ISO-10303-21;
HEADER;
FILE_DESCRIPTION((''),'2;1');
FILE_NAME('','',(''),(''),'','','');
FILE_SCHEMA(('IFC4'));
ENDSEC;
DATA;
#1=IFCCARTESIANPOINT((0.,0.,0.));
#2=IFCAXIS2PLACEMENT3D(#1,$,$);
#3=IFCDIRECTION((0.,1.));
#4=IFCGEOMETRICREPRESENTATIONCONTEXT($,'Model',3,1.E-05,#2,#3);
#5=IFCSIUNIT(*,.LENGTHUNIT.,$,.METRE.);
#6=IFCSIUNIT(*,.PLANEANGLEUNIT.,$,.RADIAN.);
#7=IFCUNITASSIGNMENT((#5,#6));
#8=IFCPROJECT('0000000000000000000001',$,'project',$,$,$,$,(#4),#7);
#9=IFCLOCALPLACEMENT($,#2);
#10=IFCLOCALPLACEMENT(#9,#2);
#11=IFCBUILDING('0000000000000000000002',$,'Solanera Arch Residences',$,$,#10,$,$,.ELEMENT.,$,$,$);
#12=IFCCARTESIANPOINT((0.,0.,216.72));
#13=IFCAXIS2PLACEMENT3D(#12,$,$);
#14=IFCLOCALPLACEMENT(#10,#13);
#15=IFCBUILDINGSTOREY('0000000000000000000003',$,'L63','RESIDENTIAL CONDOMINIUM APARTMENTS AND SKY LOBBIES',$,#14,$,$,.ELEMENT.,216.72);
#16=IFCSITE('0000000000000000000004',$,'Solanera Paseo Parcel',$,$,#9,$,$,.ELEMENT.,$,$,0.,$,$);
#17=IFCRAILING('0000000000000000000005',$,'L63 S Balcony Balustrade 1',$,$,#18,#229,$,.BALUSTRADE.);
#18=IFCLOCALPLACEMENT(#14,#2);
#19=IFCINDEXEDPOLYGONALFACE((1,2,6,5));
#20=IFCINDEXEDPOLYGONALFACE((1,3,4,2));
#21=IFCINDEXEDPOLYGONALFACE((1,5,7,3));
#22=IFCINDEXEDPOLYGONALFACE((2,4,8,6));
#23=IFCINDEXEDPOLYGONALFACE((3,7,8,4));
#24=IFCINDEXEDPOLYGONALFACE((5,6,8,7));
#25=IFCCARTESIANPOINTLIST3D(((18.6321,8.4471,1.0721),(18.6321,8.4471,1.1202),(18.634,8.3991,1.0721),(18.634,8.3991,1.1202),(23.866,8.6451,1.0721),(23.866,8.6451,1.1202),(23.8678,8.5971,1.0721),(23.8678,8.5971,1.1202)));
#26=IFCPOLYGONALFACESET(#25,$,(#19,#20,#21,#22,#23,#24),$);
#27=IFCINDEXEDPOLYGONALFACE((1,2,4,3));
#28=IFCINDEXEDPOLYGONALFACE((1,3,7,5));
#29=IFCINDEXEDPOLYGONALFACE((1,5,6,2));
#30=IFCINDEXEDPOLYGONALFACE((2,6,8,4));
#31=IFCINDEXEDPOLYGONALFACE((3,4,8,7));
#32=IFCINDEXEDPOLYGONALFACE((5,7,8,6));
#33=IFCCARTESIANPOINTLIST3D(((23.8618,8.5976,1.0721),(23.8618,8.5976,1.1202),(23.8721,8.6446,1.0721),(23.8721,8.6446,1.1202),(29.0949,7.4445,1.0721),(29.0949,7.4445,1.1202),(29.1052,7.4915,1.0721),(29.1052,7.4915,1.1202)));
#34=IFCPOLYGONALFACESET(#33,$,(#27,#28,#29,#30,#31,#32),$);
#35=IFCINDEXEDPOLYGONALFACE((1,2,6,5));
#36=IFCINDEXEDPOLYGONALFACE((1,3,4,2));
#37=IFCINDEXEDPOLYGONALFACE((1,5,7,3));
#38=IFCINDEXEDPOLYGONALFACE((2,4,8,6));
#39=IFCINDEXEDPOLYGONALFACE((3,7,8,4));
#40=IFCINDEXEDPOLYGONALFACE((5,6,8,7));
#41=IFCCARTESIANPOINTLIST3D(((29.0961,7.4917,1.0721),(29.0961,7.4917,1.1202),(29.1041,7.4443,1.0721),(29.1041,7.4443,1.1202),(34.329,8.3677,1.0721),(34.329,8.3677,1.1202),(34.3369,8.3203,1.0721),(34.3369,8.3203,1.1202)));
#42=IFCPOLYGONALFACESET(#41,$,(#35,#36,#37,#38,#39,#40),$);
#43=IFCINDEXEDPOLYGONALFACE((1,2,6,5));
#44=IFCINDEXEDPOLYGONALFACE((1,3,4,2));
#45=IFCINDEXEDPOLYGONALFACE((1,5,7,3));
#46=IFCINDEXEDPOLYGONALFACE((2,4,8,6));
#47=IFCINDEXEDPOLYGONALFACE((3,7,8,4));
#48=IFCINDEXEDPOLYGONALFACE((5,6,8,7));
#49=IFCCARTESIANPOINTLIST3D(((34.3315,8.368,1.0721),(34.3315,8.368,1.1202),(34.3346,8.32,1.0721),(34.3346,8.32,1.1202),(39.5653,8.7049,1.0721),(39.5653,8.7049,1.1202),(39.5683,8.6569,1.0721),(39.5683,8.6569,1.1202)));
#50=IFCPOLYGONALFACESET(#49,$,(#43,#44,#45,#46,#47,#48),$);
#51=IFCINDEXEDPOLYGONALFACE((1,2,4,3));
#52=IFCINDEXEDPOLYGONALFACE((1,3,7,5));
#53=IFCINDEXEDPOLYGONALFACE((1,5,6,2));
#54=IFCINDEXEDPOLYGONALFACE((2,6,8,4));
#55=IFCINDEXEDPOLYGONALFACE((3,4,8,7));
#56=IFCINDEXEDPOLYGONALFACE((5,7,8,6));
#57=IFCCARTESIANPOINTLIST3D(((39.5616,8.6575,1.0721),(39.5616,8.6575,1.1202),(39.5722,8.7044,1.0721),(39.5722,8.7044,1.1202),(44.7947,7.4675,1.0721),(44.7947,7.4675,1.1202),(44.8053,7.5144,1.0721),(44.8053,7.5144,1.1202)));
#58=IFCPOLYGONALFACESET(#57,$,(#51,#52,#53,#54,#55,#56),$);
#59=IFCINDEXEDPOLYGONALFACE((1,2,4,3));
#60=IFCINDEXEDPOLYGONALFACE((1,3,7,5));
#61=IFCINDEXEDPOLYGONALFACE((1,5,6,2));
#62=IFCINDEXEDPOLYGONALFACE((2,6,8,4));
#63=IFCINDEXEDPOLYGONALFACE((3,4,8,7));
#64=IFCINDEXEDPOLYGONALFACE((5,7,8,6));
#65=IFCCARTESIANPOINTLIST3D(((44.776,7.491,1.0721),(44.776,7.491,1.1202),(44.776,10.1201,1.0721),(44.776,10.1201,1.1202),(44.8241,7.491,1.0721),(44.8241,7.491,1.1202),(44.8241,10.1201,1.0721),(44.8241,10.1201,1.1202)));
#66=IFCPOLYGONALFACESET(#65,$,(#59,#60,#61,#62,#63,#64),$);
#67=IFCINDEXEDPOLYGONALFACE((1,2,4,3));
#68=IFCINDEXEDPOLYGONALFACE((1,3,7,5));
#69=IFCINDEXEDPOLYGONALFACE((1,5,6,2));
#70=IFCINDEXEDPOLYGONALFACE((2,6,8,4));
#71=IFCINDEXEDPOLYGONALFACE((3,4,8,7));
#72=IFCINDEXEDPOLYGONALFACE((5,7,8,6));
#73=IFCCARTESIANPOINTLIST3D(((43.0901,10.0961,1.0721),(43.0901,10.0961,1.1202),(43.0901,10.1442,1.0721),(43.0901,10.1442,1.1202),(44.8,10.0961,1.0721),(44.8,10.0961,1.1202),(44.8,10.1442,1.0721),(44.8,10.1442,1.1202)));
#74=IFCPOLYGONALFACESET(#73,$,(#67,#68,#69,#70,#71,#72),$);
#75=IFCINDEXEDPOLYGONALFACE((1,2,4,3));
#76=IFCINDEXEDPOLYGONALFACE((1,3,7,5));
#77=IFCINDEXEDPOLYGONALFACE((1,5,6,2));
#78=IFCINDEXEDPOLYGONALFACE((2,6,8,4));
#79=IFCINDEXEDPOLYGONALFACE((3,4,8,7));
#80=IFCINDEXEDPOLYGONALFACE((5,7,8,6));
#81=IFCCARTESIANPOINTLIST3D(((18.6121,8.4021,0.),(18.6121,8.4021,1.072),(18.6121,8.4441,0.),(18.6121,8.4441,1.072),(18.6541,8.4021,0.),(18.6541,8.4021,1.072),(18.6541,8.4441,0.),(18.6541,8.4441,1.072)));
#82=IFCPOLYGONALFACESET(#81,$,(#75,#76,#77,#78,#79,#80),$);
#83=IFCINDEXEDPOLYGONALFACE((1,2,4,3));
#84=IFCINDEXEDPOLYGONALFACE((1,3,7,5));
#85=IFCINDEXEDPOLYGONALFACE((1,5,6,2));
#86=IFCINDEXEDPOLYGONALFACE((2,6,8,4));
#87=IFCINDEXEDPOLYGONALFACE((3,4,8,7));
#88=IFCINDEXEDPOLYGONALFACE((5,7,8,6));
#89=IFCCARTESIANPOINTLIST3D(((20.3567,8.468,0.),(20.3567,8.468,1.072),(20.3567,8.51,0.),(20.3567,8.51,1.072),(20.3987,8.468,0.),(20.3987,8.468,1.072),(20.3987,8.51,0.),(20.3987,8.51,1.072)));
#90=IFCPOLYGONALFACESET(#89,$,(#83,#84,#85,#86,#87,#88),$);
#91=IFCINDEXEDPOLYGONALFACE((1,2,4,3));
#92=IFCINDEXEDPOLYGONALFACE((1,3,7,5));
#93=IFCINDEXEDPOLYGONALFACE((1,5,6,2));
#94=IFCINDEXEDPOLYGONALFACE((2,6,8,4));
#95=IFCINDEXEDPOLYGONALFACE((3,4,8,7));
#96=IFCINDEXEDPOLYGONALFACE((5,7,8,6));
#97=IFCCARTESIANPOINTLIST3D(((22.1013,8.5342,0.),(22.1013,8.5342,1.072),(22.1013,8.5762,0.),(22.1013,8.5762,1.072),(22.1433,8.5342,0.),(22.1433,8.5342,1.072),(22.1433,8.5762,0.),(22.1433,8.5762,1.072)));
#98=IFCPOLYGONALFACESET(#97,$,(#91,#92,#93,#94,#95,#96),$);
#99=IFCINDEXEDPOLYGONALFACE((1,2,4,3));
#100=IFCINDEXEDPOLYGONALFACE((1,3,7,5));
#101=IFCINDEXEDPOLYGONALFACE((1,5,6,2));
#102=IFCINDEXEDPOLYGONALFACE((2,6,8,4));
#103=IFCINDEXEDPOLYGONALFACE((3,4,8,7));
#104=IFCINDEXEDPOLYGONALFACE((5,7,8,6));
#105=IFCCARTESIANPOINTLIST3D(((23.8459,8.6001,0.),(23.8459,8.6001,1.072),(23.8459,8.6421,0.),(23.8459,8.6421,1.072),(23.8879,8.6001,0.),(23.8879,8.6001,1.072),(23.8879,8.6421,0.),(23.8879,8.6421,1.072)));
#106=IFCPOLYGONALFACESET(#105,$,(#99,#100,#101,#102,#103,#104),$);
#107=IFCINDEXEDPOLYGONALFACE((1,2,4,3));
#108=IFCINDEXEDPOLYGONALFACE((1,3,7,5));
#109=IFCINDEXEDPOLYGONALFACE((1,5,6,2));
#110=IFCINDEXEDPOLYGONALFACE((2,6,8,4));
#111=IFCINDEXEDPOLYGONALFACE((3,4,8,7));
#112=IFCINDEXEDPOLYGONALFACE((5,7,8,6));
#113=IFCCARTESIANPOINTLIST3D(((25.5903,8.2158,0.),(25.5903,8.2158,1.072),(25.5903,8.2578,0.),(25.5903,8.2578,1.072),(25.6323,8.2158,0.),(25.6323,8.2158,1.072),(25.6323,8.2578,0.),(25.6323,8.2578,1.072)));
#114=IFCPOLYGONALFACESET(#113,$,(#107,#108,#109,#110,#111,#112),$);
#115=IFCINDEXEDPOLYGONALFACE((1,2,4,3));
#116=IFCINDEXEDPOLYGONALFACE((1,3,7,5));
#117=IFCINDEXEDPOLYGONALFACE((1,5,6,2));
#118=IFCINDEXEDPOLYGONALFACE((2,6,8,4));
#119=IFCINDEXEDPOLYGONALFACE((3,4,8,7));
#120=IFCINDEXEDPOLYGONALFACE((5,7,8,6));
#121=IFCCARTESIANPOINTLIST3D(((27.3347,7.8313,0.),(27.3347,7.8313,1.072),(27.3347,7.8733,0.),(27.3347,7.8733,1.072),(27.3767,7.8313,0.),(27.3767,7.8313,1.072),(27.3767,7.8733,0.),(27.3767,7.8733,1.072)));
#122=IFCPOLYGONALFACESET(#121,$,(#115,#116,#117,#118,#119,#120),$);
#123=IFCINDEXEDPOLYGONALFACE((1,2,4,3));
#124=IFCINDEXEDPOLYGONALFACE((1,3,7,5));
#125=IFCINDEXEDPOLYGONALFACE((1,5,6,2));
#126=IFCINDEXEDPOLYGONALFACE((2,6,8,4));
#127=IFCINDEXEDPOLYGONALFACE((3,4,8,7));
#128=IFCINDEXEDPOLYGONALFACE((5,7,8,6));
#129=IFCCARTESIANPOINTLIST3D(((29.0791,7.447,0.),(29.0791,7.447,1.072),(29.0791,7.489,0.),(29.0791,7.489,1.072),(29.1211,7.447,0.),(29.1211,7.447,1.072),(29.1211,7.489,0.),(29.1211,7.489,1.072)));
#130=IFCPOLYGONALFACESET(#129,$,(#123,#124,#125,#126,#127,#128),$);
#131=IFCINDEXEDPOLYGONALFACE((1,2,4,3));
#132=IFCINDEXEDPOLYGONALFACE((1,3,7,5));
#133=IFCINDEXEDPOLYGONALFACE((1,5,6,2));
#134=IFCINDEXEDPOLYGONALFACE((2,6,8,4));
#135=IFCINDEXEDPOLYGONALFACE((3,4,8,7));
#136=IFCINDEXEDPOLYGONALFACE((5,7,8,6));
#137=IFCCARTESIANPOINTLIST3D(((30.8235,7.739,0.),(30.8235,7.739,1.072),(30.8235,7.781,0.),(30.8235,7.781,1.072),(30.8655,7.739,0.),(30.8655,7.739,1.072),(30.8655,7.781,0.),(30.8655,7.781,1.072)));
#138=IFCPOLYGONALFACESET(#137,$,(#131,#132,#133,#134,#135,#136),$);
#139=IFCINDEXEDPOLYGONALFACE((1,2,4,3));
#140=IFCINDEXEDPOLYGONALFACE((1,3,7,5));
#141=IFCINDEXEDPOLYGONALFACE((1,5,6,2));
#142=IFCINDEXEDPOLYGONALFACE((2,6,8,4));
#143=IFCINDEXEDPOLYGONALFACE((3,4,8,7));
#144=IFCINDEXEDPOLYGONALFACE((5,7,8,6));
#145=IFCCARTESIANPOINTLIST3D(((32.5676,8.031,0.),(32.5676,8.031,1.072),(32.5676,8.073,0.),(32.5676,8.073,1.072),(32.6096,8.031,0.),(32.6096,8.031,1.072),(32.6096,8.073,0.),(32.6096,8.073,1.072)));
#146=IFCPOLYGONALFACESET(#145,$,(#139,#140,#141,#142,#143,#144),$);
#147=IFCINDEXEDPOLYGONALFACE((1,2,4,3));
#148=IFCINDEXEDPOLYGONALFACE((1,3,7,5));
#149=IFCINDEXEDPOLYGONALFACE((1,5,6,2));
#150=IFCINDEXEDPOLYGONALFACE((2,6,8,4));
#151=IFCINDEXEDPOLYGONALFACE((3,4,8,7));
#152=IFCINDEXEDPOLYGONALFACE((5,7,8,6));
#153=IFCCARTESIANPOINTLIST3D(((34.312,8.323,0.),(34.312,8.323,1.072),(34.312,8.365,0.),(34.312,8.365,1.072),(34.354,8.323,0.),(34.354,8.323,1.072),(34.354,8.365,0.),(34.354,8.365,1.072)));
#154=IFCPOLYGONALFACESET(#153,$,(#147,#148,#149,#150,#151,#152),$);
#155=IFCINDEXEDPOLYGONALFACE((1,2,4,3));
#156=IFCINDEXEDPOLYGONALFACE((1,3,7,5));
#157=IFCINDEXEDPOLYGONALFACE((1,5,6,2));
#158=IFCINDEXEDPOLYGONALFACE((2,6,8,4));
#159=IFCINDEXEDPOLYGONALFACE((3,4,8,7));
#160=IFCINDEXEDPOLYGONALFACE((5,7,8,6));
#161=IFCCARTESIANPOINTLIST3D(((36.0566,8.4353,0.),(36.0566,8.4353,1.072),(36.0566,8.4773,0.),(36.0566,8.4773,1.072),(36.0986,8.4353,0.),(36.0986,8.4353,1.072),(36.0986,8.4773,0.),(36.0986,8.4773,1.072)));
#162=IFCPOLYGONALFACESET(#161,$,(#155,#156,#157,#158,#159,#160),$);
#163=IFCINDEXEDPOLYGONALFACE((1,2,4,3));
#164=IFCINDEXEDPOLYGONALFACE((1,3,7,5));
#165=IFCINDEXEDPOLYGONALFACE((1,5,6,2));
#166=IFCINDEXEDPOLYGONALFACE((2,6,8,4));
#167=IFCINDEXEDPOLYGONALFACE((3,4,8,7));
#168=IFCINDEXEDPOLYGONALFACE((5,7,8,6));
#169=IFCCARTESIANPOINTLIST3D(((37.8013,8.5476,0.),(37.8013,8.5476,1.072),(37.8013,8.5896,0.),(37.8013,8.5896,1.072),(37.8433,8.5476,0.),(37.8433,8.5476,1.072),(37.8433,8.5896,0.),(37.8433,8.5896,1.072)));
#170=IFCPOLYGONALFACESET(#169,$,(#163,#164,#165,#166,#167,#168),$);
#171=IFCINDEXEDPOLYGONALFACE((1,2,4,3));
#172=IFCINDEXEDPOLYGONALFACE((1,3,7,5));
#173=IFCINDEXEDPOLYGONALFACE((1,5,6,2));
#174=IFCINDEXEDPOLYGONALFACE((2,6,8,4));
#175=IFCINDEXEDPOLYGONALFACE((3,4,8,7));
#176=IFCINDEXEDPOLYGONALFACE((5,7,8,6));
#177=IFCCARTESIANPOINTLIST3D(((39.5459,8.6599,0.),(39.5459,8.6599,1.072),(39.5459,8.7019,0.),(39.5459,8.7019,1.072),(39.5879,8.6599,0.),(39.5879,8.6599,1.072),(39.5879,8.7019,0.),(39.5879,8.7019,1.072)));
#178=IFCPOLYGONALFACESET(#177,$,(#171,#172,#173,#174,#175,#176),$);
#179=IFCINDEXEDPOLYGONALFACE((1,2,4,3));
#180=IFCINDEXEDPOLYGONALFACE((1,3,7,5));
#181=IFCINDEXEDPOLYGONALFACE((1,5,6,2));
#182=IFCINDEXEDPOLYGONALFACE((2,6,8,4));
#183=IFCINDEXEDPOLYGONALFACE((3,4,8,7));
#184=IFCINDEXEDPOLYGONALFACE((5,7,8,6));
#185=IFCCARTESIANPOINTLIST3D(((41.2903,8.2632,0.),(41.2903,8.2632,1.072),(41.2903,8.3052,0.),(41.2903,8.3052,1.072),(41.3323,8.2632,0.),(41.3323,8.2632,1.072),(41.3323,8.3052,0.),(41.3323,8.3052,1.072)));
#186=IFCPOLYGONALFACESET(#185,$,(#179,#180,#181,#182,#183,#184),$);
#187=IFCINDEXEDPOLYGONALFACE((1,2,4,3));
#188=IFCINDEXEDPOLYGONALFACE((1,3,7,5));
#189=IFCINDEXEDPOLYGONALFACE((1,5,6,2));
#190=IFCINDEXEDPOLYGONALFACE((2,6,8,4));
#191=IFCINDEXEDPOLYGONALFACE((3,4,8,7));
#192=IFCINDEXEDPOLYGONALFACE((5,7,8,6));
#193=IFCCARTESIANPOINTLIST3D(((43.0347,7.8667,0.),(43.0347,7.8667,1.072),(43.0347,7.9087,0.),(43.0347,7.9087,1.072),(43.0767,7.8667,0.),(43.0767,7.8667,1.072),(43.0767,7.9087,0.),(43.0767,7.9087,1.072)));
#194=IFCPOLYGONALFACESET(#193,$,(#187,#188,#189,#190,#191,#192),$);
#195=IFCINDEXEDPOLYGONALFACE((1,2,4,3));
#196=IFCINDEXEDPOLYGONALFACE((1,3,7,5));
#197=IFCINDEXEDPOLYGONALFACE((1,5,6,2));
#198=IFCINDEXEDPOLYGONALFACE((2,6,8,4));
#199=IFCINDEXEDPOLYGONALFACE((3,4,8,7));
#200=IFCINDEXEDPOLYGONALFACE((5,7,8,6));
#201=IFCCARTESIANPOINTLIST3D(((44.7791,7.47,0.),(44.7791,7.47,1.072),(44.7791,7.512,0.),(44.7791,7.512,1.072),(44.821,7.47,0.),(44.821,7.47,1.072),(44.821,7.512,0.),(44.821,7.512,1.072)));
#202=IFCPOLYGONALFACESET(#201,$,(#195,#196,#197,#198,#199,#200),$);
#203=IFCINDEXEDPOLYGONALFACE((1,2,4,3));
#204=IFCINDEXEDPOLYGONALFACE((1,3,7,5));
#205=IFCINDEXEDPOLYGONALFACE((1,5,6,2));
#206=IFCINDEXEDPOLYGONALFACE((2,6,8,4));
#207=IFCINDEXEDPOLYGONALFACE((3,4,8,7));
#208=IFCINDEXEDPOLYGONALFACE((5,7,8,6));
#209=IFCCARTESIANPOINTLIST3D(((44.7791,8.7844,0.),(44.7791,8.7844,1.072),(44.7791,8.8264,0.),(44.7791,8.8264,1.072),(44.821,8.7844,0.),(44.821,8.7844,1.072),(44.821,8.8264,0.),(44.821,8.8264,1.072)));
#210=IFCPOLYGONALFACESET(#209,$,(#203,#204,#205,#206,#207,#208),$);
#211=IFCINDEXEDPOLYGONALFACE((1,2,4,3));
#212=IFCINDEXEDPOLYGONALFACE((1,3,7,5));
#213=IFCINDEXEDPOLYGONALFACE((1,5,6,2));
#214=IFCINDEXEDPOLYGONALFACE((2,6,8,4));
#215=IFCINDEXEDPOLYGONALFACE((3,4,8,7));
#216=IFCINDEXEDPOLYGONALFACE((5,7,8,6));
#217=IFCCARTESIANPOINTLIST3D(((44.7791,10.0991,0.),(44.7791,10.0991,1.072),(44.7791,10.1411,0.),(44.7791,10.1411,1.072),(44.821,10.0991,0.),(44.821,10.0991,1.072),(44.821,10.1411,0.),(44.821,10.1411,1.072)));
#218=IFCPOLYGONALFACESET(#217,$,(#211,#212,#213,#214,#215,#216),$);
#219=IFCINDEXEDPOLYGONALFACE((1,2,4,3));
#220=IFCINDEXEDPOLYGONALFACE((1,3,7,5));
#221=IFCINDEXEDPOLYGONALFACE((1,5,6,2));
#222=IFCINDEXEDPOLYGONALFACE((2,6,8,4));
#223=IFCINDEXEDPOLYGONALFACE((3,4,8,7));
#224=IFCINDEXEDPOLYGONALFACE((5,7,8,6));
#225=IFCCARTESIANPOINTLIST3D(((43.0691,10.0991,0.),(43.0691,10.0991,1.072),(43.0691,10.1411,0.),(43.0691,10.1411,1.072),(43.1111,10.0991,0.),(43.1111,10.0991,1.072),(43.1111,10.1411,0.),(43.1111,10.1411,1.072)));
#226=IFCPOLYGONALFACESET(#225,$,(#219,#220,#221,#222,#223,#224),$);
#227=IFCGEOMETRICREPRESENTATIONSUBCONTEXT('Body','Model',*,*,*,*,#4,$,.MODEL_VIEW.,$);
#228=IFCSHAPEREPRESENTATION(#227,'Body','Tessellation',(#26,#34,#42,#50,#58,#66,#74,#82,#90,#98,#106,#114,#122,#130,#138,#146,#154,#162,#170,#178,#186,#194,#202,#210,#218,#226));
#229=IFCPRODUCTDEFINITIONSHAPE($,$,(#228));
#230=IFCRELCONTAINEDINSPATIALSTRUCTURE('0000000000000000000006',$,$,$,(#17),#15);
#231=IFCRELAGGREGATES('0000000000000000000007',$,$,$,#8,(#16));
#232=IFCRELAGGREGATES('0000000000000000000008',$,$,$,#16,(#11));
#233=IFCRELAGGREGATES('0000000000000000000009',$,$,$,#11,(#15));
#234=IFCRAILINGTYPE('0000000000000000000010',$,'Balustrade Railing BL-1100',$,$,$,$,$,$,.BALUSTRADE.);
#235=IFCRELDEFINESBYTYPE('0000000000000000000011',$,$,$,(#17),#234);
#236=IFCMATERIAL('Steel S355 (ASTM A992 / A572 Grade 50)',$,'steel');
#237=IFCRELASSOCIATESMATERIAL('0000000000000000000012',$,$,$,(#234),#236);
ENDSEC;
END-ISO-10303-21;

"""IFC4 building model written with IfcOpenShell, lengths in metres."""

from ifc_helpers import new_model, si_unit, direction, frame, origin, origin_2d, place, context, subcontext, project, spatial, rectangle, extrude, material, type_object, element, save


model = new_model("IFC4")

# Units and contexts
model_context = context("Model", 3, precision=1e-05, world=origin(), true_north=direction((0.0, 1.0)))
body_context = subcontext(model_context, "Body", "Model", "MODEL_VIEW")
ifc_project = project(units=[si_unit("LENGTHUNIT", "METRE"), si_unit("PLANEANGLEUNIT", "RADIAN")], contexts=[model_context])

# Site, building, storey
site_placement = place(None, origin())
site = spatial("IfcSite", under=ifc_project, at=site_placement, Name="Solanera Paseo Parcel", CompositionType="ELEMENT", RefElevation=0.0)
building_placement = place(site_placement, origin())
building = spatial("IfcBuilding", under=site, at=building_placement, Name="Solanera Arch Residences", CompositionType="ELEMENT")
storey_placement = place(building_placement, frame((0.0, 0.0, 216.72)))
storey = spatial("IfcBuildingStorey", under=building, at=storey_placement, Name="L63", Description="RESIDENTIAL CONDOMINIUM APARTMENTS AND SKY LOBBIES", CompositionType="ELEMENT", Elevation=216.72)

# Railing
ifc_material_1 = material(Name="Steel S355 (ASTM A992 / A572 Grade 50)", Category="steel")
railing_type = type_object("IfcRailingType", Name="Balustrade Railing BL-1100", PredefinedType="BALUSTRADE", material=ifc_material_1)
railing_placement = place(storey_placement, frame((18.6331, 8.4231, 0.0)))
element("IfcRailing", 1, at=railing_placement, inside=storey, type_object=railing_type, Name="L63 S Balcony Balustrade 1", PredefinedType="BALUSTRADE", context=body_context, shape_type="SweptSolid", body=[
    extrude(rectangle(XDim=0.0481, YDim=0.0481, at=origin_2d()), frame((0.0, 0.0, 1.0962), z_axis=(0.999285, 0.037803, 0.0), x_axis=(-0.037803, 0.999285, 0.0)), (0.0, 0.0, 1.0), 5.2375),
    extrude(rectangle(XDim=0.0481, YDim=0.0481, at=origin_2d()), frame((5.2339, 0.198, 1.0962), z_axis=(0.976575, -0.215179, 0.0), x_axis=(0.215179, 0.976575, 0.0)), (0.0, 0.0, 1.0), 5.3586),
    extrude(rectangle(XDim=0.0481, YDim=0.0481, at=origin_2d()), frame((10.467, -0.9551, 1.0962), z_axis=(0.986277, 0.1651, 0.0), x_axis=(-0.1651, 0.986277, 0.0)), (0.0, 0.0, 1.0), 5.3057),
    extrude(rectangle(XDim=0.0481, YDim=0.0481, at=origin_2d()), frame((15.7, -0.0791, 1.0962), z_axis=(0.997935, 0.064239, 0.0), x_axis=(-0.064239, 0.997935, 0.0)), (0.0, 0.0, 1.0), 5.2446),
    extrude(rectangle(XDim=0.0481, YDim=0.0481, at=origin_2d()), frame((20.9338, 0.2578, 1.0962), z_axis=(0.975109, -0.221725, 0.0), x_axis=(0.221725, 0.975109, 0.0)), (0.0, 0.0, 1.0), 5.3667),
    extrude(rectangle(XDim=0.0481, YDim=0.0481, at=origin_2d()), frame((26.167, -0.9321, 1.0962), z_axis=(0.0, 1.0, 0.0), x_axis=(-1.0, 0.0, 0.0)), (0.0, 0.0, 1.0), 2.6292),
    extrude(rectangle(XDim=0.0481, YDim=0.0481, at=origin_2d()), frame((26.167, 1.697, 1.0962), z_axis=(-1.0, 0.0, 0.0), x_axis=(0.0, -1.0, 0.0)), (0.0, 0.0, 1.0), 1.71),
    extrude(rectangle(XDim=0.042, YDim=0.042, at=origin_2d()), origin(), (0.0, 0.0, 1.0), 1.072),
    extrude(rectangle(XDim=0.042, YDim=0.042, at=origin_2d()), frame((1.7446, 0.0659, 0.0)), (0.0, 0.0, 1.0), 1.072),
    extrude(rectangle(XDim=0.042, YDim=0.042, at=origin_2d()), frame((3.4893, 0.1321, 0.0)), (0.0, 0.0, 1.0), 1.072),
    extrude(rectangle(XDim=0.042, YDim=0.042, at=origin_2d()), frame((5.2339, 0.198, 0.0)), (0.0, 0.0, 1.0), 1.072),
    extrude(rectangle(XDim=0.042, YDim=0.042, at=origin_2d()), frame((6.9783, -0.1863, 0.0)), (0.0, 0.0, 1.0), 1.072),
    extrude(rectangle(XDim=0.042, YDim=0.042, at=origin_2d()), frame((8.7227, -0.5708, 0.0)), (0.0, 0.0, 1.0), 1.072),
    extrude(rectangle(XDim=0.042, YDim=0.042, at=origin_2d()), frame((10.467, -0.9551, 0.0)), (0.0, 0.0, 1.0), 1.072),
    extrude(rectangle(XDim=0.042, YDim=0.042, at=origin_2d()), frame((12.2114, -0.6631, 0.0)), (0.0, 0.0, 1.0), 1.072),
    extrude(rectangle(XDim=0.042, YDim=0.042, at=origin_2d()), frame((13.9556, -0.3711, 0.0)), (0.0, 0.0, 1.0), 1.072),
    extrude(rectangle(XDim=0.042, YDim=0.042, at=origin_2d()), frame((15.7, -0.0791, 0.0)), (0.0, 0.0, 1.0), 1.072),
    extrude(rectangle(XDim=0.042, YDim=0.042, at=origin_2d()), frame((17.4446, 0.0332, 0.0)), (0.0, 0.0, 1.0), 1.072),
    extrude(rectangle(XDim=0.042, YDim=0.042, at=origin_2d()), frame((19.1892, 0.1455, 0.0)), (0.0, 0.0, 1.0), 1.072),
    extrude(rectangle(XDim=0.042, YDim=0.042, at=origin_2d()), frame((20.9338, 0.2578, 0.0)), (0.0, 0.0, 1.0), 1.072),
    extrude(rectangle(XDim=0.042, YDim=0.042, at=origin_2d()), frame((22.6782, -0.1389, 0.0)), (0.0, 0.0, 1.0), 1.072),
    extrude(rectangle(XDim=0.042, YDim=0.042, at=origin_2d()), frame((24.4226, -0.5354, 0.0)), (0.0, 0.0, 1.0), 1.072),
    extrude(rectangle(XDim=0.042, YDim=0.042, at=origin_2d()), frame((26.167, -0.9321, 0.0)), (0.0, 0.0, 1.0), 1.072),
    extrude(rectangle(XDim=0.042, YDim=0.042, at=origin_2d()), frame((26.167, 0.3823, 0.0)), (0.0, 0.0, 1.0), 1.072),
    extrude(rectangle(XDim=0.042, YDim=0.042, at=origin_2d()), frame((26.167, 1.697, 0.0)), (0.0, 0.0, 1.0), 1.072),
    extrude(rectangle(XDim=0.042, YDim=0.042, at=origin_2d()), frame((24.457, 1.697, 0.0)), (0.0, 0.0, 1.0), 1.072),
])

save(model, "model.ifc")
